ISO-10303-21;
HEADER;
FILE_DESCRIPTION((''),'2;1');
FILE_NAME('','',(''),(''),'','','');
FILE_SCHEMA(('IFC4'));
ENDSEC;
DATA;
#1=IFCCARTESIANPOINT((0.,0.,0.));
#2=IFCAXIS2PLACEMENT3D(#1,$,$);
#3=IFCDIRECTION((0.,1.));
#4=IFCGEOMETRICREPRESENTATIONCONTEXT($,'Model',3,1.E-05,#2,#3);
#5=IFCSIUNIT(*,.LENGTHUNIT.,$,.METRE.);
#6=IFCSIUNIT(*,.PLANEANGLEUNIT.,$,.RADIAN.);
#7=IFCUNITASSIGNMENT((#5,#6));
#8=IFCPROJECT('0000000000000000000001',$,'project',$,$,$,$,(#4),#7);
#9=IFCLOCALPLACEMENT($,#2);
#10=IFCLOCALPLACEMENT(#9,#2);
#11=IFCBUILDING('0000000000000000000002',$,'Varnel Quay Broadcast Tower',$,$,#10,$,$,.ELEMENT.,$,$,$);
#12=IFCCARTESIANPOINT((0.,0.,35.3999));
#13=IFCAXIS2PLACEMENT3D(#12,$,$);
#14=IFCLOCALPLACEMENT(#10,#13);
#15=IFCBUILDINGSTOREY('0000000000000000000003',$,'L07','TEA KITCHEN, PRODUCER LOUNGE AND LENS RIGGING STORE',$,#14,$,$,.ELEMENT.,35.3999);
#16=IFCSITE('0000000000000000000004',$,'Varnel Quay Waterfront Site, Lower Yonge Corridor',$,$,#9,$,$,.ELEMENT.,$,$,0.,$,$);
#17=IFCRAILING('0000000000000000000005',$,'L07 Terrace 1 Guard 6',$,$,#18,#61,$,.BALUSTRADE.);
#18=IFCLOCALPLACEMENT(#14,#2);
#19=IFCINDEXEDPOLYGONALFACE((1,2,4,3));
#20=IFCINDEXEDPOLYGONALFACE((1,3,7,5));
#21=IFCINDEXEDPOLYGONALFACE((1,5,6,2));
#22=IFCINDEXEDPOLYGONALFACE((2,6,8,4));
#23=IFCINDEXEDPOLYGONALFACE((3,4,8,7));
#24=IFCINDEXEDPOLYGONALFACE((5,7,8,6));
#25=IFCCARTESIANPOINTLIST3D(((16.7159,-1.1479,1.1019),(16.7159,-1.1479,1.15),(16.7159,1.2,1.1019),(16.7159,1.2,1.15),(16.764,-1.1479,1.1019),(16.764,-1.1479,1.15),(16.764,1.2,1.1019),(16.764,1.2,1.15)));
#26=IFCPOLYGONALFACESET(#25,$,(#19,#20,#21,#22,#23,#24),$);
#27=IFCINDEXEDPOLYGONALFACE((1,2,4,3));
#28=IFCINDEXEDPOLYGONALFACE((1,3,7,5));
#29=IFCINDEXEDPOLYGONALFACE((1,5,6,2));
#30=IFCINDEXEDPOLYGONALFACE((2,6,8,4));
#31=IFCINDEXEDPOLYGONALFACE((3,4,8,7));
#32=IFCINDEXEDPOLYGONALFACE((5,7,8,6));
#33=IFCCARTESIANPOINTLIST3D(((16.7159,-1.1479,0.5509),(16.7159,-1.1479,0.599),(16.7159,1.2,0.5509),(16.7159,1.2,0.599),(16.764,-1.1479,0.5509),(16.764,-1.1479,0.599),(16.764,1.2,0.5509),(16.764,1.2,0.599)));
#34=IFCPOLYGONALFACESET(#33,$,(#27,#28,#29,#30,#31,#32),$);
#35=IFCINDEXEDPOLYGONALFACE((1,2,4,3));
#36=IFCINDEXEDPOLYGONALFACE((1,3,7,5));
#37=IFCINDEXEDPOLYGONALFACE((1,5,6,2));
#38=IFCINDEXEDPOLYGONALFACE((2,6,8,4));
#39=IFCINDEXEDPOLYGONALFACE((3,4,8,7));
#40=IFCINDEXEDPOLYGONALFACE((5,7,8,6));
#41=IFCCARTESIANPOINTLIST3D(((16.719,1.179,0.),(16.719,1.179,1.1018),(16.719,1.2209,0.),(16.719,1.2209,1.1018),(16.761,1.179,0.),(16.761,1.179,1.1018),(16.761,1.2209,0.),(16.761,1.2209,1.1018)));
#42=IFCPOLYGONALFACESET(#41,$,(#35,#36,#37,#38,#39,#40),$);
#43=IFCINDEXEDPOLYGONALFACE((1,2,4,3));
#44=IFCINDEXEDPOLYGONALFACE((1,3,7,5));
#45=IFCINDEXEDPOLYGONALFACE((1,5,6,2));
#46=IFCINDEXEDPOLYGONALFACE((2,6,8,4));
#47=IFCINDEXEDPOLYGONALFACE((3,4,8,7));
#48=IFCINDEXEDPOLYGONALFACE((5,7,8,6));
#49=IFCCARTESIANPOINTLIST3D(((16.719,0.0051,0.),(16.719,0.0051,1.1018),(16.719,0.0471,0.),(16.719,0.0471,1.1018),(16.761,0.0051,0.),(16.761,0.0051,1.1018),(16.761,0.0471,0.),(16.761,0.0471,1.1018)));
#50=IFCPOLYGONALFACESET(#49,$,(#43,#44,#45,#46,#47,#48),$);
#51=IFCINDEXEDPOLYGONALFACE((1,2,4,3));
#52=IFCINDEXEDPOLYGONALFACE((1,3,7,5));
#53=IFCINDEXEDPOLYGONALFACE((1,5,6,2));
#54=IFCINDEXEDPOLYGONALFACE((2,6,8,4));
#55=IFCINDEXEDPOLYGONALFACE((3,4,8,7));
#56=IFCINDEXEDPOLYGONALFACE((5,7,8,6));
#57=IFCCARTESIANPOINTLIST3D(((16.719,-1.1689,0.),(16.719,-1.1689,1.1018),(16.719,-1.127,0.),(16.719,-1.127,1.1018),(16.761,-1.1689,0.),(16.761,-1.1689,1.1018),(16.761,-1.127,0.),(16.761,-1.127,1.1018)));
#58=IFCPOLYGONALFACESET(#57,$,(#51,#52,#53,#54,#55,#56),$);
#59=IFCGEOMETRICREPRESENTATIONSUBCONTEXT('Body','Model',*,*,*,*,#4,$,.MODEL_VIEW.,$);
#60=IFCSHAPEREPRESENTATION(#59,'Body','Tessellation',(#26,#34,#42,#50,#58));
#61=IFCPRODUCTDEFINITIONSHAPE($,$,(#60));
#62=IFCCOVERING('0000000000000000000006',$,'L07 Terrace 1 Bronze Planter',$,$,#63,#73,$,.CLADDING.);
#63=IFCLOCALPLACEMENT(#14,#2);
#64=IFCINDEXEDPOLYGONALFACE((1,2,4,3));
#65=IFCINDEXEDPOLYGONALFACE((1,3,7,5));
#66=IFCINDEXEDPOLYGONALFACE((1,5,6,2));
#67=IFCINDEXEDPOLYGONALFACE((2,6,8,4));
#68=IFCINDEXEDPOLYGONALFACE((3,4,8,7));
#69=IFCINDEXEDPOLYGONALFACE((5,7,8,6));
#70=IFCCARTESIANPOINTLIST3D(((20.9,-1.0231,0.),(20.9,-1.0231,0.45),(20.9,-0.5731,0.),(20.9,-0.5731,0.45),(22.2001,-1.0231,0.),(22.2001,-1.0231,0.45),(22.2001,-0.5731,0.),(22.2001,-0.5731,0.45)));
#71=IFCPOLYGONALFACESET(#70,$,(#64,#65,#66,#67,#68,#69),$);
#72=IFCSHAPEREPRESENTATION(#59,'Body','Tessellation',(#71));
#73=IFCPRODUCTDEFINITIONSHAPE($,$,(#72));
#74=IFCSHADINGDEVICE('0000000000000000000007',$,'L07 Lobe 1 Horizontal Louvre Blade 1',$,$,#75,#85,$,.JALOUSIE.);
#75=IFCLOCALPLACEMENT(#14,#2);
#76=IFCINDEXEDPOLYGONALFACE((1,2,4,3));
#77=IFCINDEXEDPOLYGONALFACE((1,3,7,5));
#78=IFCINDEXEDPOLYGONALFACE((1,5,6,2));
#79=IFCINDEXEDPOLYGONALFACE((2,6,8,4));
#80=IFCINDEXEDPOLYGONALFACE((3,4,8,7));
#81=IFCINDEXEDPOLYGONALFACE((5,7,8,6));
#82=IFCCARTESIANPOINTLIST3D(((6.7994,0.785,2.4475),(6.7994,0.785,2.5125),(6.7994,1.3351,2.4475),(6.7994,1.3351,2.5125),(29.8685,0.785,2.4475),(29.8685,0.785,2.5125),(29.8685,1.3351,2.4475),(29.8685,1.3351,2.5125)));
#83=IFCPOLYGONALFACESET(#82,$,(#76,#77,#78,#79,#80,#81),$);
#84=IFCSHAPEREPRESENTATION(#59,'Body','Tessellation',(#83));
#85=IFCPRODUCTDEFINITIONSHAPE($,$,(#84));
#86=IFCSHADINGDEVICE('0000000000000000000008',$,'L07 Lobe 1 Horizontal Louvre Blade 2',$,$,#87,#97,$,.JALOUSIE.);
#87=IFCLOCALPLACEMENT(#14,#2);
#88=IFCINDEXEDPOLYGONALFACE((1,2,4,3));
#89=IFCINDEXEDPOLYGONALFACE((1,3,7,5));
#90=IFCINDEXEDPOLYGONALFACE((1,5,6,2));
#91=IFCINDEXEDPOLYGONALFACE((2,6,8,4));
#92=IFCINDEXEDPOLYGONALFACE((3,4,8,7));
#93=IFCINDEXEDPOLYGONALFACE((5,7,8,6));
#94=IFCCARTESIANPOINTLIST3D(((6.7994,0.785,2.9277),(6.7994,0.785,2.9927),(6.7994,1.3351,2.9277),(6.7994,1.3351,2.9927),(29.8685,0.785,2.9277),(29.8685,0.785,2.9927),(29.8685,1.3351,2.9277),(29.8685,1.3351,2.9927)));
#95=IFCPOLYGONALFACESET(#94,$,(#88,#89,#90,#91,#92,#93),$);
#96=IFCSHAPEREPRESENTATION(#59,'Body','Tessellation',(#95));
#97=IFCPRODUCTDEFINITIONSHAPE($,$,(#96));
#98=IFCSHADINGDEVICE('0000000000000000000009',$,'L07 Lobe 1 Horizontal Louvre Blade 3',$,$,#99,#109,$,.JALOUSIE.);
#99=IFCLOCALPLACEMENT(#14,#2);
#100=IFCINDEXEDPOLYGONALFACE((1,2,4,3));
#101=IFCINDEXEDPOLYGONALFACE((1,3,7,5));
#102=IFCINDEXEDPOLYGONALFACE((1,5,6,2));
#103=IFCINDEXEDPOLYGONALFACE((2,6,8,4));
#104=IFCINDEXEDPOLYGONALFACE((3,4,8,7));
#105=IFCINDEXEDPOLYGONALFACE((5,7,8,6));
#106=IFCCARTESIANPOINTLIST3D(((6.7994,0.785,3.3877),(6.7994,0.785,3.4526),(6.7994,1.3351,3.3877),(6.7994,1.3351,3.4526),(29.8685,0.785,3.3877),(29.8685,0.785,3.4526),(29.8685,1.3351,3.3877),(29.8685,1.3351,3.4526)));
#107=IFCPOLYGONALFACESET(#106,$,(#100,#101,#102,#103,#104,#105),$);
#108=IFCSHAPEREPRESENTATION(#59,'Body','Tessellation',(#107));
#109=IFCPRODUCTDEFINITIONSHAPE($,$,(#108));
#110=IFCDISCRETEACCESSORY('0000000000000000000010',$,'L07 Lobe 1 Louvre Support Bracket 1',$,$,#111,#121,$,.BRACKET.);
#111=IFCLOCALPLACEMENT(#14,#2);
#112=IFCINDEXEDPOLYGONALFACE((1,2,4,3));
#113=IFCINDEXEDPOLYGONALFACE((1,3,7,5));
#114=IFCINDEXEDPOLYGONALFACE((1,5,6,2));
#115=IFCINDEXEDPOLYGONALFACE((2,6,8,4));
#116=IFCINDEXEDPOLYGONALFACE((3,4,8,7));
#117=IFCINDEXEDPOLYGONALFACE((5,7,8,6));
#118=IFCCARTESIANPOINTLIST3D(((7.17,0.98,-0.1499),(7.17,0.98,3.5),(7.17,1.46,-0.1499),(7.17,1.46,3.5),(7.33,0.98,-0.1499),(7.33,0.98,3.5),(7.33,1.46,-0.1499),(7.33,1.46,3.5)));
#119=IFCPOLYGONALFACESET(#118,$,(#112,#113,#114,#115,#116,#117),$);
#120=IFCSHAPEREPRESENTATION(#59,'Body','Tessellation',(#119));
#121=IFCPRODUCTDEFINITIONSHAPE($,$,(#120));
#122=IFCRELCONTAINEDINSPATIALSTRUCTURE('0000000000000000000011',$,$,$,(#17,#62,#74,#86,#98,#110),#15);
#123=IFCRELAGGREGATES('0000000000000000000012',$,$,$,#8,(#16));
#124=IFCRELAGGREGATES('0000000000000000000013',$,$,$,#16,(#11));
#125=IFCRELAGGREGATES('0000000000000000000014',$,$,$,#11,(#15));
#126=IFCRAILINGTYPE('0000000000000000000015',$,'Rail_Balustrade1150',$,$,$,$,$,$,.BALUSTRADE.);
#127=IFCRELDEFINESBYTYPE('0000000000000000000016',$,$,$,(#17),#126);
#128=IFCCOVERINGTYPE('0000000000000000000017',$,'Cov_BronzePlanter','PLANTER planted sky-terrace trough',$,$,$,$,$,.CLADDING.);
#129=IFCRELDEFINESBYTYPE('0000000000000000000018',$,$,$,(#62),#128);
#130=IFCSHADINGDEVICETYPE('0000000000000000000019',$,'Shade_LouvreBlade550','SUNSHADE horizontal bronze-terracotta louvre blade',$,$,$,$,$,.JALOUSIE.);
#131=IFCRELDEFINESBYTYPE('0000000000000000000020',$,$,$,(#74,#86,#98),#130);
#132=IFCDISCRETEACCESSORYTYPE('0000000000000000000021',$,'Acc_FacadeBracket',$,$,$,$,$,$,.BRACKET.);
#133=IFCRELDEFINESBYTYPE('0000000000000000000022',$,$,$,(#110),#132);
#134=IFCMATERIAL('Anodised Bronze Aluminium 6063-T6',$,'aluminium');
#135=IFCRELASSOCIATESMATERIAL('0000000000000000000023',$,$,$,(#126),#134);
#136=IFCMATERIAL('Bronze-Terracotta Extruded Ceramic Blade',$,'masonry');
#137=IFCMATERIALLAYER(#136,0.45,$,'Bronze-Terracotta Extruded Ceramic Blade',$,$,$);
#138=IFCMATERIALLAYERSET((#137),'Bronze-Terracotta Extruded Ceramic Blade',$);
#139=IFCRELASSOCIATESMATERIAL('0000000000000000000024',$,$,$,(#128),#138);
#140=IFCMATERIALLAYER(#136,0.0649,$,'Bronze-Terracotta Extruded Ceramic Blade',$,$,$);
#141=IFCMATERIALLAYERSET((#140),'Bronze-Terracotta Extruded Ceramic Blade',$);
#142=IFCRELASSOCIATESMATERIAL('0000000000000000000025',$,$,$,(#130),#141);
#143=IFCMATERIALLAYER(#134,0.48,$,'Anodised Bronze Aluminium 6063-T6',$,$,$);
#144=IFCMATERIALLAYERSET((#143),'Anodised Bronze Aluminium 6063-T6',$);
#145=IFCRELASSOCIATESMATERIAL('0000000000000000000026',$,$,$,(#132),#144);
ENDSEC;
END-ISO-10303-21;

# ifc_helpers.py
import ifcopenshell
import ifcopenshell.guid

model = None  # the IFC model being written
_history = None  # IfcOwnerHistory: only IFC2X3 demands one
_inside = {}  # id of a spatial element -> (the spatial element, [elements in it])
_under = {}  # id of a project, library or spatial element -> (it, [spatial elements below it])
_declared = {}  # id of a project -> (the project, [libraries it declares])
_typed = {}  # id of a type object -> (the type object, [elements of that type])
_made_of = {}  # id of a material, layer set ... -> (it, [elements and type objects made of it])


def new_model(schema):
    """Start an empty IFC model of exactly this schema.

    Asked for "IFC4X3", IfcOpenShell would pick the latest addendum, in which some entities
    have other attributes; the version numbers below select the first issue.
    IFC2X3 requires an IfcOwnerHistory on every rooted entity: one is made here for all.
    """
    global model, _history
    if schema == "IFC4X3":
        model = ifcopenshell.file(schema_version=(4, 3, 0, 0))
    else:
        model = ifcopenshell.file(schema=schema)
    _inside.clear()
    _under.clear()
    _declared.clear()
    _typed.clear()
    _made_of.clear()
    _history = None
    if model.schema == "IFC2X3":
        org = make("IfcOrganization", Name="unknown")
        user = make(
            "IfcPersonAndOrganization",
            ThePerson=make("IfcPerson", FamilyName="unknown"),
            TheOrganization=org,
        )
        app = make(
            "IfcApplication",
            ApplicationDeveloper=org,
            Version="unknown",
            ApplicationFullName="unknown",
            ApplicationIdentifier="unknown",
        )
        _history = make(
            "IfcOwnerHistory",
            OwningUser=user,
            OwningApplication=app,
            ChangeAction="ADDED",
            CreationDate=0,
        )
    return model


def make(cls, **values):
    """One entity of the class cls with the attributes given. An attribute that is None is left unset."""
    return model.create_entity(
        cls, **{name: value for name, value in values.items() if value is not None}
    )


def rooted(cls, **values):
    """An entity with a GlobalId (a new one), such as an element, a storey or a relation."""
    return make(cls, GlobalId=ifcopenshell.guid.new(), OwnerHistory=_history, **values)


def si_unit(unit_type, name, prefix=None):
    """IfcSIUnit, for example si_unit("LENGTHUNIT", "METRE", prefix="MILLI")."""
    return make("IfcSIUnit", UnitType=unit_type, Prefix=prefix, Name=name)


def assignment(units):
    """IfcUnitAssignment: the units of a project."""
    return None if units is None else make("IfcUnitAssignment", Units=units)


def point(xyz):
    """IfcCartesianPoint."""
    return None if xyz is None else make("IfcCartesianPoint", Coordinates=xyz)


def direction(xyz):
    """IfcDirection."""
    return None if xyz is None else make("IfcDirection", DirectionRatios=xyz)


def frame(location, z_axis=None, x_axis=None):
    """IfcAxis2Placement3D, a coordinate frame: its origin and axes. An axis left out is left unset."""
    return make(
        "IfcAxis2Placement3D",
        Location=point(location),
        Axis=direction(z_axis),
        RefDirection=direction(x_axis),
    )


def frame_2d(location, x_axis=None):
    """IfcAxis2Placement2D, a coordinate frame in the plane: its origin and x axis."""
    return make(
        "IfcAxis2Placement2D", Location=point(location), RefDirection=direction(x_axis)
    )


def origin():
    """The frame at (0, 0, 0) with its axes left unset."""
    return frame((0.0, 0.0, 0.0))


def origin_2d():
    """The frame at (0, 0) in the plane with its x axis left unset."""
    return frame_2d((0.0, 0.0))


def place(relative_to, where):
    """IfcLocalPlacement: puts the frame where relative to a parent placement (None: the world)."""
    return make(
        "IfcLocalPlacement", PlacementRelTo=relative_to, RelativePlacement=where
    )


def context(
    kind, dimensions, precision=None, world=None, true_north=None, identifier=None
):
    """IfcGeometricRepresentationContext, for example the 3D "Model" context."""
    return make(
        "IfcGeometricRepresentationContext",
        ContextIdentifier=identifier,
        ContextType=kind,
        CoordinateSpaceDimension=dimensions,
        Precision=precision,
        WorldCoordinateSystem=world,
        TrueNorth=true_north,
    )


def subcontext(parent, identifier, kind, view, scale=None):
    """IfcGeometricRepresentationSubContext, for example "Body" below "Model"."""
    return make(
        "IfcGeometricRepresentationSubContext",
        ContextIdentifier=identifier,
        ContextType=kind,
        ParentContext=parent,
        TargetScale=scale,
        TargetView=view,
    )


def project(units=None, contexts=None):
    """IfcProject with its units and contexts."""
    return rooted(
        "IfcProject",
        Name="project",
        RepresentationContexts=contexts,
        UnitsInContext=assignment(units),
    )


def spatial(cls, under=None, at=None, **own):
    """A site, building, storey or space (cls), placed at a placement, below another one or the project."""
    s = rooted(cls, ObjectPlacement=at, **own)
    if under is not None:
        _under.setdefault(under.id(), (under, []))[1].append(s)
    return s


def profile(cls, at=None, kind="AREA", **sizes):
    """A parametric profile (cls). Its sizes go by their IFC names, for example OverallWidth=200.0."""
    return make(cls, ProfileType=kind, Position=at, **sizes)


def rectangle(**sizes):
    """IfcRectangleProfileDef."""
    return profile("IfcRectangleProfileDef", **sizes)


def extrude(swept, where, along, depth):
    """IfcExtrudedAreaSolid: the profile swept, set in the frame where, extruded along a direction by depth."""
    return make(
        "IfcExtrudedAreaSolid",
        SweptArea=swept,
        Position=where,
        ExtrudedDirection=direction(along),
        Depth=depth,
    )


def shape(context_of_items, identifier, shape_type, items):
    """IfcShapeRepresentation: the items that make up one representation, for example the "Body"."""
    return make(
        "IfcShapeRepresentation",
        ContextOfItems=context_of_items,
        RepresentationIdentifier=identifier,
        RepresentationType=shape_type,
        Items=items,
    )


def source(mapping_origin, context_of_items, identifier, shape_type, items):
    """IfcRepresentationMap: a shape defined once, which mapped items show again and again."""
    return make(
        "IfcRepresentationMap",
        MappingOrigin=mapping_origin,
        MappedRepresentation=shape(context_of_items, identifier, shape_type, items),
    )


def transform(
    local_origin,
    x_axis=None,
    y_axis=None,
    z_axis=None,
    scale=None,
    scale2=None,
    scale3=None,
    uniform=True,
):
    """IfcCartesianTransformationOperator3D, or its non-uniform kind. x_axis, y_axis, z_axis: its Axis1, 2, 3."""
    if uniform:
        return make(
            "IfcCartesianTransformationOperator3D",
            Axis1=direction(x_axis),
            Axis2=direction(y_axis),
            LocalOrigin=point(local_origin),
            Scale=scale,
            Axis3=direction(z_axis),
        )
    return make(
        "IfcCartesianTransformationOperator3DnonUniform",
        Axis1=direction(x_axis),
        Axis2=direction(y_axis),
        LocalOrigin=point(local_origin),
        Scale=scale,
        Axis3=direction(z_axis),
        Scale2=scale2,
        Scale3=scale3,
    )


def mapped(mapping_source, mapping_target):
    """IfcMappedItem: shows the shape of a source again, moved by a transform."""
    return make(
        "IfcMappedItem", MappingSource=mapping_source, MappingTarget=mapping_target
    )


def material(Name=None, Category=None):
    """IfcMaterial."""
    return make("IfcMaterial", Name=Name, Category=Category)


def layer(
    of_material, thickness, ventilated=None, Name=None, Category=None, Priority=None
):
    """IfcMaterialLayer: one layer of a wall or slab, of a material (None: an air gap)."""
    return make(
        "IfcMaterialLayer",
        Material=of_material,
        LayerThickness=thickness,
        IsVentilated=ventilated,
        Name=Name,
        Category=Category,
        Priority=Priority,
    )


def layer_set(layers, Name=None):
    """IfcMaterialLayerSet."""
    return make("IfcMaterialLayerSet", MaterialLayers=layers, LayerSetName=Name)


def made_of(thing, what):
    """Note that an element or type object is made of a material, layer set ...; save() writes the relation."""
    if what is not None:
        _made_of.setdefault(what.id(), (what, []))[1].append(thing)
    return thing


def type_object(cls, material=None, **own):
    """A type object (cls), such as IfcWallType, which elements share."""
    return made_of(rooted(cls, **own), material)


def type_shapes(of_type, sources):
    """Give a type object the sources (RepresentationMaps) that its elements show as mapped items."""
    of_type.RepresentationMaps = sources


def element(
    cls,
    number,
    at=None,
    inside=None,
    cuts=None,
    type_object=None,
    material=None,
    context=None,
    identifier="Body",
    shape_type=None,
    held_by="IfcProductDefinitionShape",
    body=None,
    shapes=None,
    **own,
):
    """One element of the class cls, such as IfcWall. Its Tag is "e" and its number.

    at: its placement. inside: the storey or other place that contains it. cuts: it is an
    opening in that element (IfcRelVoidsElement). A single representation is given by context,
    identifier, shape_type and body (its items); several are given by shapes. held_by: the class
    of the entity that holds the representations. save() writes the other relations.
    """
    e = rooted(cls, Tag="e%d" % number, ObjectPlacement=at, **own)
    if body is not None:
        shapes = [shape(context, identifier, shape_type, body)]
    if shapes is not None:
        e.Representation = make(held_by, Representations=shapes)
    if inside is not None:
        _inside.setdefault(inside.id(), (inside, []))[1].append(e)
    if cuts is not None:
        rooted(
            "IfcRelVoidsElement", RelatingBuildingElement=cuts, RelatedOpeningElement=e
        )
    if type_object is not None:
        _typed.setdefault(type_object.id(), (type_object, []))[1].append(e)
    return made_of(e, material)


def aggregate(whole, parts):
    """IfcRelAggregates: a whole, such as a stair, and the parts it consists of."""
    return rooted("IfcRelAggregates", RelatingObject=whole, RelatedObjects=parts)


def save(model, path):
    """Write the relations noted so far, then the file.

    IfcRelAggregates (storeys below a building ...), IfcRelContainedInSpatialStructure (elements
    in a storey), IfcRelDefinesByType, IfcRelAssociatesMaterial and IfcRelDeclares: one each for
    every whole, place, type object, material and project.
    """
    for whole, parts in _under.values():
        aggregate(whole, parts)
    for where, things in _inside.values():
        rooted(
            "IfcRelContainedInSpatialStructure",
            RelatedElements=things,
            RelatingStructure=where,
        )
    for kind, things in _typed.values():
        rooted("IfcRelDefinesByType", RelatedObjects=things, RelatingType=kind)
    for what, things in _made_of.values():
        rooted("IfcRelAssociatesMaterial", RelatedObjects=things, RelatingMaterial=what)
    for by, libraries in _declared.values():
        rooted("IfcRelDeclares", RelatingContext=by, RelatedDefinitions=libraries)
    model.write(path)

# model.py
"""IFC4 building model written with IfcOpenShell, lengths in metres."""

from ifc_helpers import new_model, si_unit, direction, frame, origin, origin_2d, place, context, subcontext, project, spatial, rectangle, extrude, source, transform, mapped, material, layer, layer_set, type_object, type_shapes, element, save


model = new_model("IFC4")

# Units and contexts
model_context = context("Model", 3, precision=1e-05, world=origin(), true_north=direction((0.0, 1.0)))
body_context = subcontext(model_context, "Body", "Model", "MODEL_VIEW")
ifc_project = project(units=[si_unit("LENGTHUNIT", "METRE"), si_unit("PLANEANGLEUNIT", "RADIAN")], contexts=[model_context])

# Site, building, storey
site_placement = place(None, origin())
site = spatial("IfcSite", under=ifc_project, at=site_placement, Name="Varnel Quay Waterfront Site, Lower Yonge Corridor", CompositionType="ELEMENT", RefElevation=0.0)
building_placement = place(site_placement, origin())
building = spatial("IfcBuilding", under=site, at=building_placement, Name="Varnel Quay Broadcast Tower", CompositionType="ELEMENT")
storey_placement = place(building_placement, frame((0.0, 0.0, 35.3999)))
storey = spatial("IfcBuildingStorey", under=building, at=storey_placement, Name="L07", Description="TEA KITCHEN, PRODUCER LOUNGE AND LENS RIGGING STORE", CompositionType="ELEMENT", Elevation=35.3999)

# Shared definitions
ifc_material_1 = material(Name="Anodised Bronze Aluminium 6063-T6", Category="aluminium")

# Railing
railing_type = type_object("IfcRailingType", Name="Rail_Balustrade1150", PredefinedType="BALUSTRADE", material=ifc_material_1)
railing_1_placement = place(storey_placement, frame((16.74, 1.2, 0.0)))
element("IfcRailing", 1, at=railing_1_placement, inside=storey, type_object=railing_type, Name="L07 Terrace 1 Guard 6", PredefinedType="BALUSTRADE", context=body_context, shape_type="SweptSolid", body=[
    extrude(rectangle(XDim=0.0481, YDim=0.0481, at=origin_2d()), frame((0.0, 0.0, 1.126), z_axis=(0.0, -1.0, 0.0), x_axis=(1.0, 0.0, 0.0)), (0.0, 0.0, 1.0), 2.3479),
    extrude(rectangle(XDim=0.0481, YDim=0.0481, at=origin_2d()), frame((0.0, 0.0, 0.575), z_axis=(0.0, -1.0, 0.0), x_axis=(1.0, 0.0, 0.0)), (0.0, 0.0, 1.0), 2.3479),
    extrude(rectangle(XDim=0.042, YDim=0.042, at=origin_2d()), origin(), (0.0, 0.0, 1.0), 1.1018),
    extrude(rectangle(XDim=0.042, YDim=0.042, at=origin_2d()), frame((0.0, -1.1738, 0.0)), (0.0, 0.0, 1.0), 1.1018),
    extrude(rectangle(XDim=0.042, YDim=0.042, at=origin_2d()), frame((0.0, -2.3479, 0.0)), (0.0, 0.0, 1.0), 1.1018),
])

# Covering
ifc_material_2 = material(Name="Bronze-Terracotta Extruded Ceramic Blade", Category="masonry")
ifc_layer_1 = layer(ifc_material_2, 0.45, Name="Bronze-Terracotta Extruded Ceramic Blade")
ifc_layer_set_1 = layer_set([ifc_layer_1], Name="Bronze-Terracotta Extruded Ceramic Blade")
covering_type = type_object("IfcCoveringType", Name="Cov_BronzePlanter", Description="PLANTER planted sky-terrace trough", PredefinedType="CLADDING", material=ifc_layer_set_1)
shared_shape_1 = source(origin(), body_context, "Body", "SweptSolid", [
    extrude(rectangle(XDim=1.3, YDim=0.45, at=origin_2d()), origin(), (0.0, 0.0, 1.0), 0.45),
])
type_shapes(covering_type, [shared_shape_1])
covering_placement = place(storey_placement, frame((21.55, -0.7981, 0.0), z_axis=(0.0, 0.0, 1.0), x_axis=(1.0, 0.0, 0.0)))
element("IfcCovering", 2, at=covering_placement, inside=storey, type_object=covering_type, Name="L07 Terrace 1 Bronze Planter", PredefinedType="CLADDING", context=body_context, shape_type="MappedRepresentation", body=[
    mapped(shared_shape_1, transform((0.0, 0.0, 0.0), x_axis=(1.0, 0.0, 0.0), y_axis=(0.0, 1.0, 0.0), z_axis=(0.0, 0.0, 1.0), scale=1.0)),
])

# Shading devices
ifc_layer_2 = layer(ifc_material_2, 0.0649, Name="Bronze-Terracotta Extruded Ceramic Blade")
ifc_layer_set_2 = layer_set([ifc_layer_2], Name="Bronze-Terracotta Extruded Ceramic Blade")
shading_device_type = type_object("IfcShadingDeviceType", Name="Shade_LouvreBlade550", Description="SUNSHADE horizontal bronze-terracotta louvre blade", PredefinedType="JALOUSIE", material=ifc_layer_set_2)
shared_shape_2 = source(origin(), body_context, "Body", "SweptSolid", [
    extrude(rectangle(XDim=23.0691, YDim=0.55, at=origin_2d()), origin(), (0.0, 0.0, 1.0), 0.0649),
])
type_shapes(shading_device_type, [shared_shape_2])
for number, where, z_axis, x_axis, name in (
    (3, (18.334, 1.0601, 2.4475), (0.0, 0.0, 1.0), (1.0, 0.0, 0.0), "L07 Lobe 1 Horizontal Louvre Blade 1"),
    (4, (18.334, 1.0601, 2.9277), (0.0, 0.0, 1.0), (1.0, 0.0, 0.0), "L07 Lobe 1 Horizontal Louvre Blade 2"),
    (5, (18.334, 1.0601, 3.3877), (0.0, 0.0, 1.0), (1.0, 0.0, 0.0), "L07 Lobe 1 Horizontal Louvre Blade 3"),
):
    element("IfcShadingDevice", number, at=place(storey_placement, frame(where, z_axis=z_axis, x_axis=x_axis)), inside=storey, type_object=shading_device_type, Name=name, PredefinedType="JALOUSIE", context=body_context, shape_type="MappedRepresentation", body=[
        mapped(shared_shape_2, transform((0.0, 0.0, 0.0), x_axis=(1.0, 0.0, 0.0), y_axis=(0.0, 1.0, 0.0), z_axis=(0.0, 0.0, 1.0), scale=1.0)),
    ])

# Discrete accessory
ifc_layer_3 = layer(ifc_material_1, 0.48, Name="Anodised Bronze Aluminium 6063-T6")
ifc_layer_set_3 = layer_set([ifc_layer_3], Name="Anodised Bronze Aluminium 6063-T6")
discrete_accessory_type = type_object("IfcDiscreteAccessoryType", Name="Acc_FacadeBracket", PredefinedType="BRACKET", material=ifc_layer_set_3)
shared_shape_3 = source(origin(), body_context, "Body", "SweptSolid", [
    extrude(rectangle(XDim=0.1599, YDim=0.48, at=origin_2d()), origin(), (0.0, 0.0, 1.0), 3.6499),
])
type_shapes(discrete_accessory_type, [shared_shape_3])
discrete_accessory_placement = place(storey_placement, frame((7.25, 1.22, -0.1499), z_axis=(0.0, 0.0, 1.0), x_axis=(1.0, 0.0, 0.0)))
element("IfcDiscreteAccessory", 6, at=discrete_accessory_placement, inside=storey, type_object=discrete_accessory_type, Name="L07 Lobe 1 Louvre Support Bracket 1", PredefinedType="BRACKET", context=body_context, shape_type="MappedRepresentation", body=[
    mapped(shared_shape_3, transform((0.0, 0.0, 0.0), x_axis=(1.0, 0.0, 0.0), y_axis=(0.0, 1.0, 0.0), z_axis=(0.0, 0.0, 1.0), scale=1.0)),
])

save(model, "model.ifc")
